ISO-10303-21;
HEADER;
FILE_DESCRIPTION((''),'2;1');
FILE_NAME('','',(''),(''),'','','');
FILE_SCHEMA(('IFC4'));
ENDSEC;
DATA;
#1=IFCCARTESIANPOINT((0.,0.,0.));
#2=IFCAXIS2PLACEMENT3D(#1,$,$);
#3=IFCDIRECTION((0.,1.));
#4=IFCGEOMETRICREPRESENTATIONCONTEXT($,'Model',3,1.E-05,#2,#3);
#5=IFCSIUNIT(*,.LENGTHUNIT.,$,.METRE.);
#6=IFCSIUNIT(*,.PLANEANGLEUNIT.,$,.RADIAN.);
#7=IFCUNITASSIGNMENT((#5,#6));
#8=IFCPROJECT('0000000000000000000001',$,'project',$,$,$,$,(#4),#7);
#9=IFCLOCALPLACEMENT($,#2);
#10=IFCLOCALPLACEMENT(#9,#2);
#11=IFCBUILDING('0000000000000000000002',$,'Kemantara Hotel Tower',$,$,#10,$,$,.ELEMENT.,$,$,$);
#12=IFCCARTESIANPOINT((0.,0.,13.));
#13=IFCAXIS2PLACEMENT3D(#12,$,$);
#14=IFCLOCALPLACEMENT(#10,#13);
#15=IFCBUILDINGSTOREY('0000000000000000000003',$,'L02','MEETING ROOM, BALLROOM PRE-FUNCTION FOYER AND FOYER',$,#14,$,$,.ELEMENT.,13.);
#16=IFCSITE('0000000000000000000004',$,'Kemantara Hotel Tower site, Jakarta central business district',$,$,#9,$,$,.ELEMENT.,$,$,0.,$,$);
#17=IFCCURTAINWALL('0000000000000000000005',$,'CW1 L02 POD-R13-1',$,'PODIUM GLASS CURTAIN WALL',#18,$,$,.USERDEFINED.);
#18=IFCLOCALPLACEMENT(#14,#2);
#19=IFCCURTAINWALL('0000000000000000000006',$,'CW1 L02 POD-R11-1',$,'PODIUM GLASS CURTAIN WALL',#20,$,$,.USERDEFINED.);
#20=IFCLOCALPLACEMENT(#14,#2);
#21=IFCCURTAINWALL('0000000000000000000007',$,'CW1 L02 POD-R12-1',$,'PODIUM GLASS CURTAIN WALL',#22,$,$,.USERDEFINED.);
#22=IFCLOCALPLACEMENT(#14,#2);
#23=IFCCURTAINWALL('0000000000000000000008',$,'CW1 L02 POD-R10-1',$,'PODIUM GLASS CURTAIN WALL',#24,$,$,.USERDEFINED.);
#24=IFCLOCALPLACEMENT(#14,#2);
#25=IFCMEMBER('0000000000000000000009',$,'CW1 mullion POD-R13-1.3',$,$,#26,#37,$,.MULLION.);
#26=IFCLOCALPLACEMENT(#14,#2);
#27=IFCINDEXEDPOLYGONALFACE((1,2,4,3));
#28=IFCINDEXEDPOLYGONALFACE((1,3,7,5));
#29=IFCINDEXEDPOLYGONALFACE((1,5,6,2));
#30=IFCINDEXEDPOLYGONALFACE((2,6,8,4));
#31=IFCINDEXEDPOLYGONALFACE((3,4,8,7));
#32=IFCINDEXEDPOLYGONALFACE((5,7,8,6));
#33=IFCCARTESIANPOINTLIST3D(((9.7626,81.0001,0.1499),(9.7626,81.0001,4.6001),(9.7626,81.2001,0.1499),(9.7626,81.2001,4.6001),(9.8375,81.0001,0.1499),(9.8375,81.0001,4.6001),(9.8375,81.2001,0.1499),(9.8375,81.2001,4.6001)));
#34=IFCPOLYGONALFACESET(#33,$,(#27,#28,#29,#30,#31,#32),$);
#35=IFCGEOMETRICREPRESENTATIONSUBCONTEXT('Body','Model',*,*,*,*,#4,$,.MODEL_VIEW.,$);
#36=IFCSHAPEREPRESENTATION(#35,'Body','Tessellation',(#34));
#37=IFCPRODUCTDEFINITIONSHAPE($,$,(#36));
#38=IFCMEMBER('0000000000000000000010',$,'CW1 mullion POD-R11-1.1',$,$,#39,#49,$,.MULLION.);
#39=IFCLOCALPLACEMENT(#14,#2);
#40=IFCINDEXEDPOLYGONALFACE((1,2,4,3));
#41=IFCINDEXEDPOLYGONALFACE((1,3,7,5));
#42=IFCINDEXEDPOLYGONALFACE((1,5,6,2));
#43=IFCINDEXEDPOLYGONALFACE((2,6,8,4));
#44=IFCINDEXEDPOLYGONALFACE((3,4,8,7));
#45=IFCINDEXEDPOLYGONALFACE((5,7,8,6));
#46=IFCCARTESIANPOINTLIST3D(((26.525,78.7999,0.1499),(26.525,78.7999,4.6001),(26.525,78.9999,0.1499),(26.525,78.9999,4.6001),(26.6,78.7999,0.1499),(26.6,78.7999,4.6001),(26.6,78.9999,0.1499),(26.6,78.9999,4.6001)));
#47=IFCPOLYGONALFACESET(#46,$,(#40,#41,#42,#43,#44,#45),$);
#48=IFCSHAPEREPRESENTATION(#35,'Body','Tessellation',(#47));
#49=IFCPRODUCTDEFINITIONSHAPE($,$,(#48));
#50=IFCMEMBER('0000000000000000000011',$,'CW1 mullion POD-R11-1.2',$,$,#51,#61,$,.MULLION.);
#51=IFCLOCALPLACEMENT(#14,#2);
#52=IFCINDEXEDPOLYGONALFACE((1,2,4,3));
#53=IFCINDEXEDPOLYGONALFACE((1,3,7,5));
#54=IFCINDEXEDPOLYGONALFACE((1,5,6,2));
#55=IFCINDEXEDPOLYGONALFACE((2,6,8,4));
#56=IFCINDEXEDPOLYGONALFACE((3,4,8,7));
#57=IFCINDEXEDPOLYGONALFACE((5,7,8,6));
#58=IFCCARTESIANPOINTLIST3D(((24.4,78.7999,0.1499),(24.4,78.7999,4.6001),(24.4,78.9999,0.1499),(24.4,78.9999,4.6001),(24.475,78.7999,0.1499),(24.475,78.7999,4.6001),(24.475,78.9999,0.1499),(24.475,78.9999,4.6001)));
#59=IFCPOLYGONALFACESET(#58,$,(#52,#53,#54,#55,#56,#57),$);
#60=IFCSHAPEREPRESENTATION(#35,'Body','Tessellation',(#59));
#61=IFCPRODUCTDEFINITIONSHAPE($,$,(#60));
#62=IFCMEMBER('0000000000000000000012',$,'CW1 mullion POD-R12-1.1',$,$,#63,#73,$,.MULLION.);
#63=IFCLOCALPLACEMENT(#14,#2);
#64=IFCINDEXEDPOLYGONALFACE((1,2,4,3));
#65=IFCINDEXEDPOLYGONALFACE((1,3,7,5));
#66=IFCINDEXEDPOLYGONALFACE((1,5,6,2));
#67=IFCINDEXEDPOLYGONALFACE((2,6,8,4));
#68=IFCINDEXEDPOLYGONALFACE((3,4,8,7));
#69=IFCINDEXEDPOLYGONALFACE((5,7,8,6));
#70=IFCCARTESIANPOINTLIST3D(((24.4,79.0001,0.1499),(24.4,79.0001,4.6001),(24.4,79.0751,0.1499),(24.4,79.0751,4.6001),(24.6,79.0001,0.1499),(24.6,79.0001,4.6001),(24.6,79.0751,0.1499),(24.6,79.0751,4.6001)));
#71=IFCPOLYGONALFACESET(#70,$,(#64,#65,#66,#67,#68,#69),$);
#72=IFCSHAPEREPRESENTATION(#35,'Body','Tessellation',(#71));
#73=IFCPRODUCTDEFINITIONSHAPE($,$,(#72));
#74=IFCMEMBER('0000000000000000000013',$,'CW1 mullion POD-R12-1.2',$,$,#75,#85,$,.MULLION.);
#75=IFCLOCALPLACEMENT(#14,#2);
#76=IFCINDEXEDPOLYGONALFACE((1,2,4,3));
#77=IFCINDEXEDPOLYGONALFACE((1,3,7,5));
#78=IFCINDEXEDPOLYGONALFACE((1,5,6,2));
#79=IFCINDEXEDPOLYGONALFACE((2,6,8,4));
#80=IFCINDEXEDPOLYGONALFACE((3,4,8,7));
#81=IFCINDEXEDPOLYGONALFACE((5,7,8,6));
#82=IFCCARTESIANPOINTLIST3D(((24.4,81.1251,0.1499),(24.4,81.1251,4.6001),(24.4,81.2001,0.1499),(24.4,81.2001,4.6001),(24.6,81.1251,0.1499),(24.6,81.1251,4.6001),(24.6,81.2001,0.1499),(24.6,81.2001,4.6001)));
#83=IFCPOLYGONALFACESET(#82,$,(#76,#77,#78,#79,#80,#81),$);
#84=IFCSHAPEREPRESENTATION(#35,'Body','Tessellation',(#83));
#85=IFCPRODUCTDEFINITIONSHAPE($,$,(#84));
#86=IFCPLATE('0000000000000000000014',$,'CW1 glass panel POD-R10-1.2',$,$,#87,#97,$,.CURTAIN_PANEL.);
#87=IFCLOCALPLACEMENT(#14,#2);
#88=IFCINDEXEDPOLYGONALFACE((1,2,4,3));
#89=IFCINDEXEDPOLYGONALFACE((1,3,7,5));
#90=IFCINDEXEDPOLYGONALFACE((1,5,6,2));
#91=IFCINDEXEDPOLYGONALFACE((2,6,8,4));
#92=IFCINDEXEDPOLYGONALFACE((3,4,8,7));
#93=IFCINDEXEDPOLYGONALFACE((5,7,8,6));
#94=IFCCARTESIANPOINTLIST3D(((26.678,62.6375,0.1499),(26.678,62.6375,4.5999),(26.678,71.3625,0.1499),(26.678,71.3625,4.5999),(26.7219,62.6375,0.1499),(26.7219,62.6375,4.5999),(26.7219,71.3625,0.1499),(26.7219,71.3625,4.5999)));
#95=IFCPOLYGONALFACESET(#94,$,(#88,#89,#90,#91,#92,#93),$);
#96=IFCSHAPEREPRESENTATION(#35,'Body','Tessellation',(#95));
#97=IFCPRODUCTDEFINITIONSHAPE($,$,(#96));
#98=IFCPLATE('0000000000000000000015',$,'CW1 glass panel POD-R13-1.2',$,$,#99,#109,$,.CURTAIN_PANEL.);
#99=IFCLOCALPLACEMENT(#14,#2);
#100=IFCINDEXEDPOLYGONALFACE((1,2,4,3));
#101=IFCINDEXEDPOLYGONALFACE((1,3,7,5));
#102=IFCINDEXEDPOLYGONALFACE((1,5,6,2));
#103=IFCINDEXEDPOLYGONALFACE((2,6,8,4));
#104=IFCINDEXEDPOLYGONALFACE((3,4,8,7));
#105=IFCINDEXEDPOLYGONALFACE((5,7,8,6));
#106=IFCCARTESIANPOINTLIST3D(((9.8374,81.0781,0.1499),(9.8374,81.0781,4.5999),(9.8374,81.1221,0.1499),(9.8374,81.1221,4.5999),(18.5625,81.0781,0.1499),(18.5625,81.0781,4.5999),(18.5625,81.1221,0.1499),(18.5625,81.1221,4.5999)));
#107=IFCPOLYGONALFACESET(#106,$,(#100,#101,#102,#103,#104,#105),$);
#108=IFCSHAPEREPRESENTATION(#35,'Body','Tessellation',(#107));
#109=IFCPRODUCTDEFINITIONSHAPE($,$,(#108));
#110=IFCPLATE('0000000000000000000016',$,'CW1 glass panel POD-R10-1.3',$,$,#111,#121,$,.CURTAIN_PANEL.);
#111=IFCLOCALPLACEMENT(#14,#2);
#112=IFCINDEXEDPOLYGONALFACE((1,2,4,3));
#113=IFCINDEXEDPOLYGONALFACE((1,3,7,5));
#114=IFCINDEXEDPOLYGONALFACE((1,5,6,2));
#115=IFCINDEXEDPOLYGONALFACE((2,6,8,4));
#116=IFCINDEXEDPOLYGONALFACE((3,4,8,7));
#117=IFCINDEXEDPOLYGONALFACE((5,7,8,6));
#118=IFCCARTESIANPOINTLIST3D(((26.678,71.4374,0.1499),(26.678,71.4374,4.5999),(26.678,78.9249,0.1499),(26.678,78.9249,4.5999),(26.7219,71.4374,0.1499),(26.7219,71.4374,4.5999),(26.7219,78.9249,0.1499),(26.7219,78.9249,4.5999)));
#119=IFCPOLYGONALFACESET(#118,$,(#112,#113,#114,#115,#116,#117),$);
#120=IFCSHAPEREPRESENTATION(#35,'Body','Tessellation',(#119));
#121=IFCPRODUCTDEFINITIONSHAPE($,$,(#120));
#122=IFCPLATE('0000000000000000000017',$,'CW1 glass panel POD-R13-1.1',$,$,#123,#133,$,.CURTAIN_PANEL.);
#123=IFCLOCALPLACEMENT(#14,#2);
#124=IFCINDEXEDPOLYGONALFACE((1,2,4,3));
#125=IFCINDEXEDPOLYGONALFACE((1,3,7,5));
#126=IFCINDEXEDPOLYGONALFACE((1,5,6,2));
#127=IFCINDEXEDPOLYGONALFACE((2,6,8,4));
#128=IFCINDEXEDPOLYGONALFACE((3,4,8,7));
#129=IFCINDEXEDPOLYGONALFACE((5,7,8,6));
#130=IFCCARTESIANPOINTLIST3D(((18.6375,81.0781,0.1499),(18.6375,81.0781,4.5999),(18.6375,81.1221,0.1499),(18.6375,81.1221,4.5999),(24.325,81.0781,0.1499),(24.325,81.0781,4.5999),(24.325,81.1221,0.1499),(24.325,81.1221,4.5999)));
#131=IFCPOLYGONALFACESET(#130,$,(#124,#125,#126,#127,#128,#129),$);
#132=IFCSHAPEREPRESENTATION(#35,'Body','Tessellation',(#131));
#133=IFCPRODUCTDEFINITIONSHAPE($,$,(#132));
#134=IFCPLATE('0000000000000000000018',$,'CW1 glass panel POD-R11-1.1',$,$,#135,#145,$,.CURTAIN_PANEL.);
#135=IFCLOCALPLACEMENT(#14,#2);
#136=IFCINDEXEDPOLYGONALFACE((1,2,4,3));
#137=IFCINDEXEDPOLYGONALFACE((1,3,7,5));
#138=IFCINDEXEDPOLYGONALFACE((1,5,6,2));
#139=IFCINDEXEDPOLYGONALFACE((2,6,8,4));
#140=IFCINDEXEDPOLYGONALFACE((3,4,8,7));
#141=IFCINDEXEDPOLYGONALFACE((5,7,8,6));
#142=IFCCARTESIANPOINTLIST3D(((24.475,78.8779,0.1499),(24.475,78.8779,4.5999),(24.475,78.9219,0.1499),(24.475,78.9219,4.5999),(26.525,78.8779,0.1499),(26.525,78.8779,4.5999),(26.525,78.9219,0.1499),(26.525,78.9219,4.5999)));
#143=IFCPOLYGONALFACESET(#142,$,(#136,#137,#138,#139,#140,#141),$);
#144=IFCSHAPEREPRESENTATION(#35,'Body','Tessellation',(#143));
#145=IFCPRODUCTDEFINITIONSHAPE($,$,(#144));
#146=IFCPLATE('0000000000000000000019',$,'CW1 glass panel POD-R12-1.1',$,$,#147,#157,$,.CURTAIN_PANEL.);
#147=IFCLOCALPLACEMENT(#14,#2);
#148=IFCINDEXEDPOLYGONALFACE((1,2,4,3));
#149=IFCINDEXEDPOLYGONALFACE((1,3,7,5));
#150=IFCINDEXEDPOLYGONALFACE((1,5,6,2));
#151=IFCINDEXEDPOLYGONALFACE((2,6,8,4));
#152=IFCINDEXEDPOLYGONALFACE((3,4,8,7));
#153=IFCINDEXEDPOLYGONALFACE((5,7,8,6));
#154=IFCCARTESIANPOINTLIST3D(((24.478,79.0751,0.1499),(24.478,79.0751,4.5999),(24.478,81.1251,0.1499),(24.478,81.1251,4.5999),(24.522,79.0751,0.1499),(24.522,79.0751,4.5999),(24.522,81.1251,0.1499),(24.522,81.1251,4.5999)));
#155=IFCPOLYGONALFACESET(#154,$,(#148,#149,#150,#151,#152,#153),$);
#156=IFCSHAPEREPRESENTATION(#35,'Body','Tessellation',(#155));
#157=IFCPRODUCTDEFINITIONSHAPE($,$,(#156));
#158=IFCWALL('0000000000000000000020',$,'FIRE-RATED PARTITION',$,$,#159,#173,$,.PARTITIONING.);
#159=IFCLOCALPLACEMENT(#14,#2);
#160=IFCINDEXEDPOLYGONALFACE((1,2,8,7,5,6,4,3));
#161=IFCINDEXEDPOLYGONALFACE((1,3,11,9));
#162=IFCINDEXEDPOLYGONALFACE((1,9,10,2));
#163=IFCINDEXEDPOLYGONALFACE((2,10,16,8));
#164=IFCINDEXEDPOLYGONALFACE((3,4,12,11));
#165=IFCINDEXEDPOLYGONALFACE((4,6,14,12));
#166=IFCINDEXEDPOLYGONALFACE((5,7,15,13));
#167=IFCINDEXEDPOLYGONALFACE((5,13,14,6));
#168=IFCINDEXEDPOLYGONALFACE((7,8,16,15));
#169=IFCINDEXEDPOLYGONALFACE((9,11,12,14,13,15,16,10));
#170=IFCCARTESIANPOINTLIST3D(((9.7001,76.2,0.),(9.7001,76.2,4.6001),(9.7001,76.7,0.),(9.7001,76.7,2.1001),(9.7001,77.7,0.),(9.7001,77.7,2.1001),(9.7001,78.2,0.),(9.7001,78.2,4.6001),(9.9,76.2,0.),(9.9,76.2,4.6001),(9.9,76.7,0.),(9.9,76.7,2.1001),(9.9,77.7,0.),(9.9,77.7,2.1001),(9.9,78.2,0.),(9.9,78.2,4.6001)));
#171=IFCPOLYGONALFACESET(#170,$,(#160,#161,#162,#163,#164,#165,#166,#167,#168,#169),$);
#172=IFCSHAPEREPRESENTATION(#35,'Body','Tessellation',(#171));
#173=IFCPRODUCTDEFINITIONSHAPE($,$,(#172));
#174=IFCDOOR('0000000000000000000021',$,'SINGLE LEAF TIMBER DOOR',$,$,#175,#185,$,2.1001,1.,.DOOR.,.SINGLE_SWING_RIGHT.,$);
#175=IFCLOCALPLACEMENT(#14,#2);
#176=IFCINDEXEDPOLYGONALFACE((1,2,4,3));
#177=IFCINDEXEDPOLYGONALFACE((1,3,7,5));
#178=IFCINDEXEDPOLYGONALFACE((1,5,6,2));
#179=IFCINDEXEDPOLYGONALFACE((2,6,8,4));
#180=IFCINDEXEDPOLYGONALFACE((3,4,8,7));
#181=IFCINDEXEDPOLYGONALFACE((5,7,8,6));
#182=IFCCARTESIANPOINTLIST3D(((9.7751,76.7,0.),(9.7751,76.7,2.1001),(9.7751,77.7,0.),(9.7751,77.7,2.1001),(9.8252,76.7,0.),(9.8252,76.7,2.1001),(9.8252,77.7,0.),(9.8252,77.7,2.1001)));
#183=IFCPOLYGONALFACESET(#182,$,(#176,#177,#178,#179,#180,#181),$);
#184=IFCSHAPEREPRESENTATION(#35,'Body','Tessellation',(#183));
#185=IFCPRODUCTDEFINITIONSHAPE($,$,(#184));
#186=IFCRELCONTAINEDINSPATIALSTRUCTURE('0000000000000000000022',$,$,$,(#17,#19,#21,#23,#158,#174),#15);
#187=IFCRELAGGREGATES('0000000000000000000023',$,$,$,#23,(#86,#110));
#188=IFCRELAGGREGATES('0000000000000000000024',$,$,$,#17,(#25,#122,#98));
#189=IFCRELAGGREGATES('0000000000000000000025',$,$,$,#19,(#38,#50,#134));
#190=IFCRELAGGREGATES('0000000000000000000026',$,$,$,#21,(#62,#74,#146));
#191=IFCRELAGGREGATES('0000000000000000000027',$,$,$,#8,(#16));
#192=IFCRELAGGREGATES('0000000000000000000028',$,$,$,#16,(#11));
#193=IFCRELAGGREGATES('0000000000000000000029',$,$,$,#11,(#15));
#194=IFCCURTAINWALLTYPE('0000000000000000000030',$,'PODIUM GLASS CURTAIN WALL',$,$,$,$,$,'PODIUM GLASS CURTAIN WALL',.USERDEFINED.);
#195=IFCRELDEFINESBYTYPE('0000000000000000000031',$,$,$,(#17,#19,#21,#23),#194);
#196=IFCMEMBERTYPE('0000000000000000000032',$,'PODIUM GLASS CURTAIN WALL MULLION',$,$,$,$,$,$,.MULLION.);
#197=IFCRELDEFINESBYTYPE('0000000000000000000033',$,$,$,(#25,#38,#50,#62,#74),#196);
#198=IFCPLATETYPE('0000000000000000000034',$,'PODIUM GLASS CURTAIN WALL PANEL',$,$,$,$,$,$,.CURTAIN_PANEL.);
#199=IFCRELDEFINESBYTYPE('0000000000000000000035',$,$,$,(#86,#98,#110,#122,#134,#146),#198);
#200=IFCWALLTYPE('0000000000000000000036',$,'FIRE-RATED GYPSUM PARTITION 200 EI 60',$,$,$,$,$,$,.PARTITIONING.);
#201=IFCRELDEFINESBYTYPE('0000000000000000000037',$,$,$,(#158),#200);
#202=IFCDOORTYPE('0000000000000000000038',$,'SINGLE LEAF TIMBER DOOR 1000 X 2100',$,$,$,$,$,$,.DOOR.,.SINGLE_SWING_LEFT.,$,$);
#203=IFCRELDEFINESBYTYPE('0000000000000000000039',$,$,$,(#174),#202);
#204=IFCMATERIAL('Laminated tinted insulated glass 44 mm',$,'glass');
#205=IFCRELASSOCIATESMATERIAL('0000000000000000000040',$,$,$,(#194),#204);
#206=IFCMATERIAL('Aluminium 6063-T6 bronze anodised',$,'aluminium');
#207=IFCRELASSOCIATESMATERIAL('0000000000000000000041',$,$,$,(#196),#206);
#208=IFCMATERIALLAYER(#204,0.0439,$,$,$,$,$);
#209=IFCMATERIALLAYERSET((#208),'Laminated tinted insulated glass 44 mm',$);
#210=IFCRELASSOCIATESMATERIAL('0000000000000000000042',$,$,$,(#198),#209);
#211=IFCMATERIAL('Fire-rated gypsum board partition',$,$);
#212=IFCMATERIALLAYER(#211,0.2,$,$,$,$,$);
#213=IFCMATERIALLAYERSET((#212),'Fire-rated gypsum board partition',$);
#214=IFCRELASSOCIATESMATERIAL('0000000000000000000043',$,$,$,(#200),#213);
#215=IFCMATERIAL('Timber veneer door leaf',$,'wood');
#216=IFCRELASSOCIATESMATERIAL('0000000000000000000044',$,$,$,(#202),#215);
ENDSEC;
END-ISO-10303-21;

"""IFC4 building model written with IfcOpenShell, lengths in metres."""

from ifc_helpers import new_model, si_unit, direction, frame, frame_2d, origin, origin_2d, place, context, subcontext, project, spatial, rectangle, extrude, source, transform, mapped, material, layer, layer_set, material_profile, profile_set, type_object, element, fill, aggregate, save


model = new_model("IFC4")

# Units and contexts
model_context = context("Model", 3, precision=1e-05, world=origin(), true_north=direction((0.0, 1.0)))
body_context = subcontext(model_context, "Body", "Model", "MODEL_VIEW")
ifc_project = project(units=[si_unit("LENGTHUNIT", "METRE"), si_unit("PLANEANGLEUNIT", "RADIAN")], contexts=[model_context])

# Site, building, storey
site_placement = place(None, origin())
site = spatial("IfcSite", under=ifc_project, at=site_placement, Name="Kemantara Hotel Tower site, Jakarta central business district", CompositionType="ELEMENT", RefElevation=0.0)
building_placement = place(site_placement, origin())
building = spatial("IfcBuilding", under=site, at=building_placement, Name="Kemantara Hotel Tower", CompositionType="ELEMENT")
storey_placement = place(building_placement, frame((0.0, 0.0, 13.0)))
storey = spatial("IfcBuildingStorey", under=building, at=storey_placement, Name="L02", Description="MEETING ROOM, BALLROOM PRE-FUNCTION FOYER AND FOYER", CompositionType="ELEMENT", Elevation=13.0)

# Curtain walls
ifc_material_1 = material(Name="Laminated tinted insulated glass 44 mm", Category="glass")
curtain_wall_type = type_object("IfcCurtainWallType", Name="PODIUM GLASS CURTAIN WALL", ElementType="PODIUM GLASS CURTAIN WALL", PredefinedType="USERDEFINED", material=ifc_material_1)
curtain_wall_1_placement = place(storey_placement, origin())
curtain_wall_1 = element("IfcCurtainWall", 1, at=curtain_wall_1_placement, inside=storey, type_object=curtain_wall_type, Name="CW1 L02 POD-R13-1", ObjectType="PODIUM GLASS CURTAIN WALL", PredefinedType="USERDEFINED")
ifc_material_2 = material(Name="Aluminium 6063-T6 bronze anodised", Category="aluminium")
curtain_wall_2_placement = place(storey_placement, origin())
curtain_wall_2 = element("IfcCurtainWall", 2, at=curtain_wall_2_placement, inside=storey, type_object=curtain_wall_type, Name="CW1 L02 POD-R11-1", ObjectType="PODIUM GLASS CURTAIN WALL", PredefinedType="USERDEFINED")
curtain_wall_3_placement = place(storey_placement, origin())
curtain_wall_3 = element("IfcCurtainWall", 3, at=curtain_wall_3_placement, inside=storey, type_object=curtain_wall_type, Name="CW1 L02 POD-R12-1", ObjectType="PODIUM GLASS CURTAIN WALL", PredefinedType="USERDEFINED")

# Curtain wall
curtain_wall_4_placement = place(storey_placement, origin())
curtain_wall_4 = element("IfcCurtainWall", 4, at=curtain_wall_4_placement, inside=storey, type_object=curtain_wall_type, Name="CW1 L02 POD-R10-1", ObjectType="PODIUM GLASS CURTAIN WALL", PredefinedType="USERDEFINED")
ifc_material_profile_1 = material_profile(ifc_material_2, rectangle(XDim=0.2, YDim=0.075, at=origin_2d()), Name="PODIUM GLASS CURTAIN WALL MULLION")
ifc_profile_set_1 = profile_set([ifc_material_profile_1], Name="Aluminium 6063-T6 bronze anodised")
member_type_1 = type_object("IfcMemberType", Name="PODIUM GLASS CURTAIN WALL MULLION", PredefinedType="MULLION", material=ifc_profile_set_1)
shared_shape_1 = source(origin(), body_context, "Body", "SweptSolid", [
    extrude(rectangle(XDim=0.2, YDim=0.075, at=origin_2d()), origin(), (0.0, 0.0, 1.0), 4.4502),
])

# Members
member_1_placement = place(storey_placement, frame((9.8, 81.1001, 0.1499), z_axis=(0.0, 0.0, 1.0), x_axis=(0.0, -1.0, 0.0)))
member_1 = element("IfcMember", 5, at=member_1_placement, type_object=member_type_1, Name="CW1 mullion POD-R13-1.3", PredefinedType="MULLION", context=body_context, shape_type="MappedRepresentation", body=[
    mapped(shared_shape_1, transform((0.0, 0.0, 0.0))),
])
member_2_placement = place(storey_placement, frame((26.5625, 78.8999, 0.1499), z_axis=(0.0, 0.0, 1.0), x_axis=(0.0, -1.0, 0.0)))
member_2 = element("IfcMember", 6, at=member_2_placement, type_object=member_type_1, Name="CW1 mullion POD-R11-1.1", PredefinedType="MULLION", context=body_context, shape_type="MappedRepresentation", body=[
    mapped(shared_shape_1, transform((0.0, 0.0, 0.0))),
])
member_3_placement = place(storey_placement, frame((24.4375, 78.8999, 0.1499), z_axis=(0.0, 0.0, 1.0), x_axis=(0.0, -1.0, 0.0)))
member_3 = element("IfcMember", 7, at=member_3_placement, type_object=member_type_1, Name="CW1 mullion POD-R11-1.2", PredefinedType="MULLION", context=body_context, shape_type="MappedRepresentation", body=[
    mapped(shared_shape_1, transform((0.0, 0.0, 0.0))),
])
member_4_placement = place(storey_placement, frame((24.5, 79.0376, 0.1499), z_axis=(0.0, 0.0, 1.0), x_axis=(-1.0, 0.0, 0.0)))
member_4 = element("IfcMember", 8, at=member_4_placement, type_object=member_type_1, Name="CW1 mullion POD-R12-1.1", PredefinedType="MULLION", context=body_context, shape_type="MappedRepresentation", body=[
    mapped(shared_shape_1, transform((0.0, 0.0, 0.0))),
])
member_5_placement = place(storey_placement, frame((24.5, 81.1626, 0.1499), z_axis=(0.0, 0.0, 1.0), x_axis=(-1.0, 0.0, 0.0)))
member_5 = element("IfcMember", 9, at=member_5_placement, type_object=member_type_1, Name="CW1 mullion POD-R12-1.2", PredefinedType="MULLION", context=body_context, shape_type="MappedRepresentation", body=[
    mapped(shared_shape_1, transform((0.0, 0.0, 0.0))),
])

# Plates
ifc_layer_1 = layer(ifc_material_1, 0.0439)
ifc_layer_set_1 = layer_set([ifc_layer_1], Name="Laminated tinted insulated glass 44 mm")
plate_type = type_object("IfcPlateType", Name="PODIUM GLASS CURTAIN WALL PANEL", PredefinedType="CURTAIN_PANEL", material=ifc_layer_set_1)
shared_shape_2 = source(origin(), body_context, "Body", "SweptSolid", [
    extrude(rectangle(XDim=8.7251, YDim=0.0439, at=origin_2d()), origin(), (0.0, 0.0, 1.0), 4.45),
])
plate_1_placement = place(storey_placement, frame((26.7, 67.0, 0.1499), z_axis=(0.0, 0.0, 1.0), x_axis=(0.0, 1.0, 0.0)))
plate_1 = element("IfcPlate", 10, at=plate_1_placement, type_object=plate_type, Name="CW1 glass panel POD-R10-1.2", PredefinedType="CURTAIN_PANEL", context=body_context, shape_type="MappedRepresentation", body=[
    mapped(shared_shape_2, transform((0.0, 0.0, 0.0))),
])
plate_2_placement = place(storey_placement, frame((14.2, 81.1001, 0.1499), z_axis=(0.0, 0.0, 1.0), x_axis=(-1.0, 0.0, 0.0)))
plate_2 = element("IfcPlate", 11, at=plate_2_placement, type_object=plate_type, Name="CW1 glass panel POD-R13-1.2", PredefinedType="CURTAIN_PANEL", context=body_context, shape_type="MappedRepresentation", body=[
    mapped(shared_shape_2, transform((0.0, 0.0, 0.0))),
])
shared_shape_3 = source(origin(), body_context, "Body", "SweptSolid", [
    extrude(rectangle(XDim=7.4875, YDim=0.0439, at=origin_2d()), origin(), (0.0, 0.0, 1.0), 4.45),
])
plate_3_placement = place(storey_placement, frame((26.7, 75.1812, 0.1499), z_axis=(0.0, 0.0, 1.0), x_axis=(0.0, 1.0, 0.0)))
plate_3 = element("IfcPlate", 12, at=plate_3_placement, type_object=plate_type, Name="CW1 glass panel POD-R10-1.3", PredefinedType="CURTAIN_PANEL", context=body_context, shape_type="MappedRepresentation", body=[
    mapped(shared_shape_3, transform((0.0, 0.0, 0.0))),
])
aggregate(curtain_wall_4, [plate_1, plate_3])
shared_shape_4 = source(origin(), body_context, "Body", "SweptSolid", [
    extrude(rectangle(XDim=5.6875, YDim=0.0439, at=origin_2d()), origin(), (0.0, 0.0, 1.0), 4.45),
])
plate_4_placement = place(storey_placement, frame((21.4812, 81.1001, 0.1499), z_axis=(0.0, 0.0, 1.0), x_axis=(-1.0, 0.0, 0.0)))
plate_4 = element("IfcPlate", 13, at=plate_4_placement, type_object=plate_type, Name="CW1 glass panel POD-R13-1.1", PredefinedType="CURTAIN_PANEL", context=body_context, shape_type="MappedRepresentation", body=[
    mapped(shared_shape_4, transform((0.0, 0.0, 0.0))),
])
aggregate(curtain_wall_1, [member_1, plate_4, plate_2])
shared_shape_5 = source(origin(), body_context, "Body", "SweptSolid", [
    extrude(rectangle(XDim=2.05, YDim=0.0439, at=origin_2d()), origin(), (0.0, 0.0, 1.0), 4.45),
])
plate_5_placement = place(storey_placement, frame((25.5, 78.8999, 0.1499), z_axis=(0.0, 0.0, 1.0), x_axis=(-1.0, 0.0, 0.0)))
plate_5 = element("IfcPlate", 14, at=plate_5_placement, type_object=plate_type, Name="CW1 glass panel POD-R11-1.1", PredefinedType="CURTAIN_PANEL", context=body_context, shape_type="MappedRepresentation", body=[
    mapped(shared_shape_5, transform((0.0, 0.0, 0.0))),
])
aggregate(curtain_wall_2, [member_2, member_3, plate_5])
plate_6_placement = place(storey_placement, frame((24.5, 80.1001, 0.1499), z_axis=(0.0, 0.0, 1.0), x_axis=(0.0, 1.0, 0.0)))
plate_6 = element("IfcPlate", 15, at=plate_6_placement, type_object=plate_type, Name="CW1 glass panel POD-R12-1.1", PredefinedType="CURTAIN_PANEL", context=body_context, shape_type="MappedRepresentation", body=[
    mapped(shared_shape_5, transform((0.0, 0.0, 0.0))),
])
aggregate(curtain_wall_3, [member_4, member_5, plate_6])

# Wall, opening, door
ifc_material_3 = material(Name="Fire-rated gypsum board partition")
ifc_layer_2 = layer(ifc_material_3, 0.2)
ifc_layer_set_2 = layer_set([ifc_layer_2], Name="Fire-rated gypsum board partition")
wall_type_1 = type_object("IfcWallType", Name="FIRE-RATED GYPSUM PARTITION 200 EI 60", PredefinedType="PARTITIONING", material=ifc_layer_set_2)
wall_1_placement = place(storey_placement, frame((9.8, 76.2, 0.0), z_axis=(0.0, 0.0, 1.0), x_axis=(0.0, 1.0, 0.0)))
wall_1 = element("IfcWall", 16, at=wall_1_placement, inside=storey, type_object=wall_type_1, Name="FIRE-RATED PARTITION", PredefinedType="PARTITIONING", context=body_context, shape_type="SweptSolid", body=[
    extrude(rectangle(XDim=2.0, YDim=0.2, at=frame_2d((1.0, 0.0))), origin(), (0.0, 0.0, 1.0), 4.6001),
])
opening_placement = place(wall_1_placement, frame((0.5, 0.0, 0.0)))
opening = element("IfcOpeningElement", 17, at=opening_placement, cuts=wall_1, PredefinedType="OPENING", context=body_context, shape_type="SweptSolid", body=[
    extrude(rectangle(XDim=1.0, YDim=2.1001, at=frame_2d((0.5, 1.05))), frame((0.0, 0.1099, 0.0), z_axis=(0.0, -1.0, 0.0), x_axis=(1.0, 0.0, 0.0)), (0.0, 0.0, 1.0), 0.22),
])
ifc_material_4 = material(Name="Timber veneer door leaf", Category="wood")
door_type = type_object("IfcDoorType", Name="SINGLE LEAF TIMBER DOOR 1000 X 2100", OperationType="SINGLE_SWING_LEFT", PredefinedType="DOOR", material=ifc_material_4)
door_placement = place(opening_placement, origin())
door = element("IfcDoor", 18, at=door_placement, inside=storey, type_object=door_type, Name="SINGLE LEAF TIMBER DOOR", OperationType="SINGLE_SWING_RIGHT", OverallHeight=2.1001, OverallWidth=1.0, PredefinedType="DOOR", context=body_context, shape_type="SweptSolid", body=[
    extrude(rectangle(XDim=1.0, YDim=2.1001, at=frame_2d((0.5, 1.05))), frame((0.0, 0.0249, 0.0), z_axis=(0.0, -1.0, 0.0), x_axis=(1.0, 0.0, 0.0)), (0.0, 0.0, 1.0), 0.05),
])
fill(opening, door)

save(model, "model.ifc")
